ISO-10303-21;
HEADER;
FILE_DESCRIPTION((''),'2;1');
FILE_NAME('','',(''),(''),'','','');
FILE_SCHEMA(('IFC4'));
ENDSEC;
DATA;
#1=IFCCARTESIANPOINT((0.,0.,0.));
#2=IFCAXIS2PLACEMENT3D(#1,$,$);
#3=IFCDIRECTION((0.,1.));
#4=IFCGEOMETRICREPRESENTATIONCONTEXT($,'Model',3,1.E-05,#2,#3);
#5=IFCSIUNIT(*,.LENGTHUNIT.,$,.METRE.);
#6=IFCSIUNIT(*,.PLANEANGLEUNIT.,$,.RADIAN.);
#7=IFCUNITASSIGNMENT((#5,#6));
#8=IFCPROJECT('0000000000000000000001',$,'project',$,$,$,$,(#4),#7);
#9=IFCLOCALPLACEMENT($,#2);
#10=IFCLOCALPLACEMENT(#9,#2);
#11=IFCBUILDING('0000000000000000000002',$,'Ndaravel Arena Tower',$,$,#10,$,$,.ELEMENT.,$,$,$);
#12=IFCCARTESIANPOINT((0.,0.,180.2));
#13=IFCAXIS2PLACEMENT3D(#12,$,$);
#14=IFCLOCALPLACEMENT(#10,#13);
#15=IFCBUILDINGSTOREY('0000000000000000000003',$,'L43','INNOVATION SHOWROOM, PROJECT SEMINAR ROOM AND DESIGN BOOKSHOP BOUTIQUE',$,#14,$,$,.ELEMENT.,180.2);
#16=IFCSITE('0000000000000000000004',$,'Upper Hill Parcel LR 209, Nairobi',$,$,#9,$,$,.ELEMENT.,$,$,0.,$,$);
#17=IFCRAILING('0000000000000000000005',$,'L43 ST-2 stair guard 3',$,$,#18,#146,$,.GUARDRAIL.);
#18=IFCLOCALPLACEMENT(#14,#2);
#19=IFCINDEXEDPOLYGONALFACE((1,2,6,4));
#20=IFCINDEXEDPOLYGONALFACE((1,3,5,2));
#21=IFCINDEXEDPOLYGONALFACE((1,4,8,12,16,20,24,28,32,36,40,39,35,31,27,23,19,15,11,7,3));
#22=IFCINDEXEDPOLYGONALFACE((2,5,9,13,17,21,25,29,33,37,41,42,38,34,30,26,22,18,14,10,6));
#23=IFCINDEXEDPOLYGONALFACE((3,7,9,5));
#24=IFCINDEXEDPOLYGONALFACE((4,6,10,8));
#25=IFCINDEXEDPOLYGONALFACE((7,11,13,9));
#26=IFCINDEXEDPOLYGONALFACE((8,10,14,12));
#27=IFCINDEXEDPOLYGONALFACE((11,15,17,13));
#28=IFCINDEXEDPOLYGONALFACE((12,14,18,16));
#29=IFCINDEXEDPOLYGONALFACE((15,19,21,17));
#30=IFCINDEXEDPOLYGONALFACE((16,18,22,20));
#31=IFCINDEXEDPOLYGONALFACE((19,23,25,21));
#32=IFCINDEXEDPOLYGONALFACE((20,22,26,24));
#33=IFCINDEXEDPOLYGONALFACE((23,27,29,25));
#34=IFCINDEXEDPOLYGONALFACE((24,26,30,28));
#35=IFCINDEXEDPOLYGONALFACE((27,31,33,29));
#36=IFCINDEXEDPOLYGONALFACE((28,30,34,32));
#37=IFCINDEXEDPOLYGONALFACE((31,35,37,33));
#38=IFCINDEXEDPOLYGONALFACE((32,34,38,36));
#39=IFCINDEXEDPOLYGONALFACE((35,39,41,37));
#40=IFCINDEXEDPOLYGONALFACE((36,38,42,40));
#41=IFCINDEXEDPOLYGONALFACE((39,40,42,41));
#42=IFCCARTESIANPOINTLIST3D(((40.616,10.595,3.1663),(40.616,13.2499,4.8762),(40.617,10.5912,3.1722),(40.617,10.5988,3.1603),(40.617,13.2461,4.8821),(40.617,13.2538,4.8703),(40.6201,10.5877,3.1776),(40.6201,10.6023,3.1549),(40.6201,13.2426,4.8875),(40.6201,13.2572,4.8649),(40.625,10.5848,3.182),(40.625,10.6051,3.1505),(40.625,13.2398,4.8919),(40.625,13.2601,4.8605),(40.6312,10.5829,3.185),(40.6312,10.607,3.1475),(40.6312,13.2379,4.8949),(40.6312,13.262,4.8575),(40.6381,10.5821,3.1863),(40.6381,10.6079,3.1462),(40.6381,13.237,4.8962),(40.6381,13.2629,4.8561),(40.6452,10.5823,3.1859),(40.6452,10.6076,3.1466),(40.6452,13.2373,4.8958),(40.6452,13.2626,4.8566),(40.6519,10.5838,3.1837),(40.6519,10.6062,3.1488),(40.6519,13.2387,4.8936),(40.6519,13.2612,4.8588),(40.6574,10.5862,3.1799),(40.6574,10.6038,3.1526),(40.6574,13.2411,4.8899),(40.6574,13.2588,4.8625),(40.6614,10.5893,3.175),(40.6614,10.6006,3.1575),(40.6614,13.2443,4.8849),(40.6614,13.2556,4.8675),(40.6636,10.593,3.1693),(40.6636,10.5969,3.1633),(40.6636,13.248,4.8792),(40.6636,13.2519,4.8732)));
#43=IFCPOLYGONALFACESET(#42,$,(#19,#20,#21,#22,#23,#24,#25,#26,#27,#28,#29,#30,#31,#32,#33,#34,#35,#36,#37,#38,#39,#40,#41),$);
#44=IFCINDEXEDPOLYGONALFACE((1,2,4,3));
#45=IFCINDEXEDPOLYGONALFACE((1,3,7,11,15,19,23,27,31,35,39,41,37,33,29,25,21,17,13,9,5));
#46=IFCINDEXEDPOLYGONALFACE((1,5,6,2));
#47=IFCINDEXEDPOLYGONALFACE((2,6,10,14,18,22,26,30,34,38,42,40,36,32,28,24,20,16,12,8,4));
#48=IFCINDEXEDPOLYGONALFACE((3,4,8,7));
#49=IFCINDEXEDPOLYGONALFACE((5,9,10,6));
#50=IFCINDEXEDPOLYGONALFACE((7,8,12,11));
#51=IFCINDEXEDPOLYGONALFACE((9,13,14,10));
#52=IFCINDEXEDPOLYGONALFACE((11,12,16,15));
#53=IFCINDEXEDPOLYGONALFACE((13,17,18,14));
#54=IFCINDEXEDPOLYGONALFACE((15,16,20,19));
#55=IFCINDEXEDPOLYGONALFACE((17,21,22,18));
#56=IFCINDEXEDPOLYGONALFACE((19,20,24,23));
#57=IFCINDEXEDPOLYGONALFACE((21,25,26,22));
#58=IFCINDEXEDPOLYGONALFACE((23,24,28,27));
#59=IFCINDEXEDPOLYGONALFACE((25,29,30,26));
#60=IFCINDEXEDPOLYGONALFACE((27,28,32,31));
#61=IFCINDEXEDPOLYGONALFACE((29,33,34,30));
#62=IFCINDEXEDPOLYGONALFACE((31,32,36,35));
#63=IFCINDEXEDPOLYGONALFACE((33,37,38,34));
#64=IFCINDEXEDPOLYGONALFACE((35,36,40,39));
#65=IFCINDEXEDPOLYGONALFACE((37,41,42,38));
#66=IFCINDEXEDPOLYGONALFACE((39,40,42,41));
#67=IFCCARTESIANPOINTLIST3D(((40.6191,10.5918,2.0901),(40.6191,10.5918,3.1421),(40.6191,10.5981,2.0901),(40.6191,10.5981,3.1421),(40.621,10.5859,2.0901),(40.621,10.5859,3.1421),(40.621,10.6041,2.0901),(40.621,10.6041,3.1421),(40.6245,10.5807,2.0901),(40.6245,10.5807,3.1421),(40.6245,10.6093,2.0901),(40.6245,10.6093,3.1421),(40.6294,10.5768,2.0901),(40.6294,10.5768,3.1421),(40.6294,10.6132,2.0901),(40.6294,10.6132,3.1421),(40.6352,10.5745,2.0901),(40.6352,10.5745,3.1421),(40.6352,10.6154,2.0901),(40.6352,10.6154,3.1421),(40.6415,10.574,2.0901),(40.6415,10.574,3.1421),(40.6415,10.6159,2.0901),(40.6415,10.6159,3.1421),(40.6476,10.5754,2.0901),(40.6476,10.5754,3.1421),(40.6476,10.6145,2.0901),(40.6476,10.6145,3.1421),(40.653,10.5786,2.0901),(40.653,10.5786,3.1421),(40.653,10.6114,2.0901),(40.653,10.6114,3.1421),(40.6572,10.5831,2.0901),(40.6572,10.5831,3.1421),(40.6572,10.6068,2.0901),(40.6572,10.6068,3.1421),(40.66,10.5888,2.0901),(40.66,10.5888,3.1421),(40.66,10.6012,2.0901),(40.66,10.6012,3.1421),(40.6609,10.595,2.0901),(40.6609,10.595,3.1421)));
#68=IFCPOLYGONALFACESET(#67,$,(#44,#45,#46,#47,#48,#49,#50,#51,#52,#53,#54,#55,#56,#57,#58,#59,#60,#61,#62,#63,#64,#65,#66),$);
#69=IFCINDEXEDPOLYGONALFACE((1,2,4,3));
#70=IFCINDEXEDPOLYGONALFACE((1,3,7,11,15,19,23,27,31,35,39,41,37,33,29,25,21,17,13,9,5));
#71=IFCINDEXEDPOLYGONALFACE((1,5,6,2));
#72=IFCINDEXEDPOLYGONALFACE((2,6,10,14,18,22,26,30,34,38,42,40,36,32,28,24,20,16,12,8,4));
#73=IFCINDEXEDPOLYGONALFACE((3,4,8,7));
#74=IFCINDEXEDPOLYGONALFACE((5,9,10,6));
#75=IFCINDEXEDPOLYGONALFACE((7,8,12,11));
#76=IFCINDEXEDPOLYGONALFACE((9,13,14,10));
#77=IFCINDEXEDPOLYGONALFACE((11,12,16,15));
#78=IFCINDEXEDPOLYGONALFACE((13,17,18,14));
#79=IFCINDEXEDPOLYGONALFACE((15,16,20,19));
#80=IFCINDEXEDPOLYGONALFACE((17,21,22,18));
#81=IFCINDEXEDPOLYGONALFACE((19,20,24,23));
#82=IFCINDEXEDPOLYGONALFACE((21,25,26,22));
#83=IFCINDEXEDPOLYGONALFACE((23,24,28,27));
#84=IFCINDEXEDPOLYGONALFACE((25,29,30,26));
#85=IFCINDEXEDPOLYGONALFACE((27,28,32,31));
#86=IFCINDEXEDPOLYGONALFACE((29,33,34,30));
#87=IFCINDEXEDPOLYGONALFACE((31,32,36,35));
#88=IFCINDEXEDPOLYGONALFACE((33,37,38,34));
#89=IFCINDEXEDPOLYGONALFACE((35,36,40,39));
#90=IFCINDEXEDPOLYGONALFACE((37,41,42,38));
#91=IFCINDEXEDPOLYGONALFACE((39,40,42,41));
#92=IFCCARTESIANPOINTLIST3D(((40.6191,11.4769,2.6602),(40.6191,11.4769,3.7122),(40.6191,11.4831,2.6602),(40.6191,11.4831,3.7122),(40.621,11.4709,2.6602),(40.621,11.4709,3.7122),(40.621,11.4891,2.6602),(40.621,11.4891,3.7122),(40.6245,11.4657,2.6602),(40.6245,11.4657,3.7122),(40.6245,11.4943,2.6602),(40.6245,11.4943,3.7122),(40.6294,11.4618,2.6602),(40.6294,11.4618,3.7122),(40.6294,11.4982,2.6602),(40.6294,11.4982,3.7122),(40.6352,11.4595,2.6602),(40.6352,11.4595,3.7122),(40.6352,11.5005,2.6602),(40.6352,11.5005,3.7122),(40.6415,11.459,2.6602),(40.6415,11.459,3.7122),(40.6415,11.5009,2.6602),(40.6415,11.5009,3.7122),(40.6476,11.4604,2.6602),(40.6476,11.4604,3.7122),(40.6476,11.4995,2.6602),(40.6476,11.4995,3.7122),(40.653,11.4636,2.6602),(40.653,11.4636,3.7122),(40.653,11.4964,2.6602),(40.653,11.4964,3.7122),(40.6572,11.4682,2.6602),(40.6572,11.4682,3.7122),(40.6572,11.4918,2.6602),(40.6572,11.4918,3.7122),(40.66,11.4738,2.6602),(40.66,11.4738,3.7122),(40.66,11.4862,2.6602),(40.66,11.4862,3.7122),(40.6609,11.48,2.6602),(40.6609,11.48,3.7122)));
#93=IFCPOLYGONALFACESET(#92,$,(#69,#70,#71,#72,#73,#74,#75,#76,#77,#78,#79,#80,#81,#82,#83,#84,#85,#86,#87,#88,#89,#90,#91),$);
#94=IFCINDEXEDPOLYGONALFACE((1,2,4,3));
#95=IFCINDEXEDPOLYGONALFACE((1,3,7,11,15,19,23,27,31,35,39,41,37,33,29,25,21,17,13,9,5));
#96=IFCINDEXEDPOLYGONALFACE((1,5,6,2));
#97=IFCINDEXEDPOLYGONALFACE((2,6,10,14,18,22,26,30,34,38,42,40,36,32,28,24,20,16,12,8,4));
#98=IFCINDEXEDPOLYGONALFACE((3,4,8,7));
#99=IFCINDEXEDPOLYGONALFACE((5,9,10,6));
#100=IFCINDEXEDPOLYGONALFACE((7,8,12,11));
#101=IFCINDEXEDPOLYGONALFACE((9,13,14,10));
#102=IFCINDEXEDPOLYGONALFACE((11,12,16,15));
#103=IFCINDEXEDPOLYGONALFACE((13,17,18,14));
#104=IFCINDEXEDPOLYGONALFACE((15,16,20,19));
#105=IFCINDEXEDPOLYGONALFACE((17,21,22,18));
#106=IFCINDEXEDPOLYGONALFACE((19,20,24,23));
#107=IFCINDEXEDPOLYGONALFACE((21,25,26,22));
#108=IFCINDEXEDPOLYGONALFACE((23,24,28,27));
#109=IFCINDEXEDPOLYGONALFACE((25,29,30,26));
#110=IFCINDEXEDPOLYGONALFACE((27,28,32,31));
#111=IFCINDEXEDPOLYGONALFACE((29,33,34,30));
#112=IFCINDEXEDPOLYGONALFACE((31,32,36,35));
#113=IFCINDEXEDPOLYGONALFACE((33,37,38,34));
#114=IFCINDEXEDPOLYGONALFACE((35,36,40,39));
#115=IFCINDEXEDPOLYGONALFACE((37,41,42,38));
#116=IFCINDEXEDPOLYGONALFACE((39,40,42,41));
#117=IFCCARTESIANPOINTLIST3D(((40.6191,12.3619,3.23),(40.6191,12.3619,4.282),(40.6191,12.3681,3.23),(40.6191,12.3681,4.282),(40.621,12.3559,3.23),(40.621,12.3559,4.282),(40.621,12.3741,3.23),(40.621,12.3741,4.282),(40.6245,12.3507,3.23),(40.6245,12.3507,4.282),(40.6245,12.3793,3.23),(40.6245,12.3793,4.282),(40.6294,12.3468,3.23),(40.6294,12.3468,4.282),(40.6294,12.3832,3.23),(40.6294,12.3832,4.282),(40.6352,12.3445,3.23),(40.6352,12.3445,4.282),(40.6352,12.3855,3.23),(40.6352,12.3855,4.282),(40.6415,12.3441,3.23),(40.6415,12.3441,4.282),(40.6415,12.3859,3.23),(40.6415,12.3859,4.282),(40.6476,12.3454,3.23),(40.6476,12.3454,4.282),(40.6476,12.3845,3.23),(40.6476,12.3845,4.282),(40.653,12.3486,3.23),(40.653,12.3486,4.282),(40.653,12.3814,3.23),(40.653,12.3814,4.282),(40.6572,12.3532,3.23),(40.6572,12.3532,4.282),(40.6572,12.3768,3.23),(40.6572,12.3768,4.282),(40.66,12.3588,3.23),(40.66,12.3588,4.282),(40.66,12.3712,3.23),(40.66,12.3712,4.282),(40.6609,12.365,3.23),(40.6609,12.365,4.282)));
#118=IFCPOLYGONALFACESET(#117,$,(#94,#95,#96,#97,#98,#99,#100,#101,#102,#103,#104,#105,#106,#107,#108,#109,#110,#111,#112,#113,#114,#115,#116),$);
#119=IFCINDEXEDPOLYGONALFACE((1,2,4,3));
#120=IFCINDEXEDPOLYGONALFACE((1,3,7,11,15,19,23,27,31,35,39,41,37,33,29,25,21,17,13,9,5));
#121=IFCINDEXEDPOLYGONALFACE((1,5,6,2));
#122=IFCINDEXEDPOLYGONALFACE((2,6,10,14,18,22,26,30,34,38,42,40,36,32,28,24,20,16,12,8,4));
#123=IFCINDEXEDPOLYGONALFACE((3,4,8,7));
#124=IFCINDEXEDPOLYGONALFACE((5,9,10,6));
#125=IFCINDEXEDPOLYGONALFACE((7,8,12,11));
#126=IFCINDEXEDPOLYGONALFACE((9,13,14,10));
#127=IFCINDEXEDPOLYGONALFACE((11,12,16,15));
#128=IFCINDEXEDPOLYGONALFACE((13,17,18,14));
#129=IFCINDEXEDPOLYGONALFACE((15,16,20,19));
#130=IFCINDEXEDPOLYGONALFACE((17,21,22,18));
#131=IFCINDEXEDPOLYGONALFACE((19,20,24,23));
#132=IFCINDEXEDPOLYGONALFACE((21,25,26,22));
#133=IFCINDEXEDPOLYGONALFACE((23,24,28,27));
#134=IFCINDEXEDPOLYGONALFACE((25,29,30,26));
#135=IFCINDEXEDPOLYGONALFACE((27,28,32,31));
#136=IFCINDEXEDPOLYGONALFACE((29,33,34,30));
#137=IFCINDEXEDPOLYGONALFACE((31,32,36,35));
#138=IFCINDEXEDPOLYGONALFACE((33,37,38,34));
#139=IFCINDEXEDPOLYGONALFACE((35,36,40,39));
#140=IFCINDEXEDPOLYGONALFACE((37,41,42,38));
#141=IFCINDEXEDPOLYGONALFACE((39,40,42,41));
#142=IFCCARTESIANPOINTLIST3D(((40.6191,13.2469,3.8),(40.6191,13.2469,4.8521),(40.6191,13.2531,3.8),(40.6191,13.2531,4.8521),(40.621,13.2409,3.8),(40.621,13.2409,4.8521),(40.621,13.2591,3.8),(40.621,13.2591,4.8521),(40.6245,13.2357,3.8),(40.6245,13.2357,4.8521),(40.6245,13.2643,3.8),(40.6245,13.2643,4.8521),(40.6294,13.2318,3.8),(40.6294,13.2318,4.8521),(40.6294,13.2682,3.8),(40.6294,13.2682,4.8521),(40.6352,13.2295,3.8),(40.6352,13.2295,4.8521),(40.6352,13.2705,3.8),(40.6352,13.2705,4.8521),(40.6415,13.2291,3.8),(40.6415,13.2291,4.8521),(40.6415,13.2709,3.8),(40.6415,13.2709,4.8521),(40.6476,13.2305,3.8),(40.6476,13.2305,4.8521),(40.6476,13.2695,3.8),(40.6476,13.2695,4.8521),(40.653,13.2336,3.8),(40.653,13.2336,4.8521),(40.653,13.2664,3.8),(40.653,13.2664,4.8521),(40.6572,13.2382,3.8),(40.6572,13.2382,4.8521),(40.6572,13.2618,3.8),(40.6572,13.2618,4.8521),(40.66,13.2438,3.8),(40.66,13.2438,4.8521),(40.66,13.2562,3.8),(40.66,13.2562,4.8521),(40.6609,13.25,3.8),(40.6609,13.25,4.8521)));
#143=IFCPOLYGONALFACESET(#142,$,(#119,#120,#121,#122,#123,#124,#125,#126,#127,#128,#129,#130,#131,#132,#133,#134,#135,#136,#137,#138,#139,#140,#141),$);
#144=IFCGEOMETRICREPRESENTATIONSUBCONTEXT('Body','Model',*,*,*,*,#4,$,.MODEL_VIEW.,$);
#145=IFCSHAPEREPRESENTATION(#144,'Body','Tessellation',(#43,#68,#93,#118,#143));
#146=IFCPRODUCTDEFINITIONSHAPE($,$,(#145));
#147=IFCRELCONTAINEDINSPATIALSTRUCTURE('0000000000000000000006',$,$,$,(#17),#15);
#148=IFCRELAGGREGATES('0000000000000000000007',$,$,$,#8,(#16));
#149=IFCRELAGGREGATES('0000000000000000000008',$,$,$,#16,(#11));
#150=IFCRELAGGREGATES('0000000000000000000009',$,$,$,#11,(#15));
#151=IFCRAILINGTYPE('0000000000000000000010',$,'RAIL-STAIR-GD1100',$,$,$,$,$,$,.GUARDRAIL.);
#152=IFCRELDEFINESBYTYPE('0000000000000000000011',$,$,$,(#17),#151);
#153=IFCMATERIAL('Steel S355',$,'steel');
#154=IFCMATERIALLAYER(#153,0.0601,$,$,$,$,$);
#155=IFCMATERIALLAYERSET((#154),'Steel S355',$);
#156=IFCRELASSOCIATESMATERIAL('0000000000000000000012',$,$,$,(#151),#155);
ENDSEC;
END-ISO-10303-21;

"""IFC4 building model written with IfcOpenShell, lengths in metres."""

from ifc_helpers import new_model, si_unit, direction, frame, origin, origin_2d, place, context, subcontext, project, spatial, circle, extrude, material, layer, layer_set, type_object, element, save


model = new_model("IFC4")

# Units and contexts
model_context = context("Model", 3, precision=1e-05, world=origin(), true_north=direction((0.0, 1.0)))
body_context = subcontext(model_context, "Body", "Model", "MODEL_VIEW")
ifc_project = project(units=[si_unit("LENGTHUNIT", "METRE"), si_unit("PLANEANGLEUNIT", "RADIAN")], contexts=[model_context])

# Site, building, storey
site_placement = place(None, origin())
site = spatial("IfcSite", under=ifc_project, at=site_placement, Name="Upper Hill Parcel LR 209, Nairobi", CompositionType="ELEMENT", RefElevation=0.0)
building_placement = place(site_placement, origin())
building = spatial("IfcBuilding", under=site, at=building_placement, Name="Ndaravel Arena Tower", CompositionType="ELEMENT")
storey_placement = place(building_placement, frame((0.0, 0.0, 180.2)))
storey = spatial("IfcBuildingStorey", under=building, at=storey_placement, Name="L43", Description="INNOVATION SHOWROOM, PROJECT SEMINAR ROOM AND DESIGN BOOKSHOP BOUTIQUE", CompositionType="ELEMENT", Elevation=180.2)

# Railing
ifc_material_1 = material(Name="Steel S355", Category="steel")
ifc_layer_1 = layer(ifc_material_1, 0.0601)
ifc_layer_set_1 = layer_set([ifc_layer_1], Name="Steel S355")
railing_type_1 = type_object("IfcRailingType", Name="RAIL-STAIR-GD1100", PredefinedType="GUARDRAIL", material=ifc_layer_set_1)
railing_1_placement = place(storey_placement, frame((40.6399, 10.595, 2.0901)))
element("IfcRailing", 1, at=railing_1_placement, inside=storey, type_object=railing_type_1, Name="L43 ST-2 stair guard 3", PredefinedType="GUARDRAIL", context=body_context, shape_type="SweptSolid", body=[
    extrude(circle(Radius=0.0239, at=origin_2d()), frame((0.0, 0.0, 1.0762), z_axis=(0.0, 0.840724, 0.541465), x_axis=(-1.0, 0.0, 0.0)), (0.0, 0.0, 1.0), 3.158),
    extrude(circle(Radius=0.021, at=origin_2d()), origin(), (0.0, 0.0, 1.0), 1.052),
    extrude(circle(Radius=0.021, at=origin_2d()), frame((0.0, 0.885, 0.5701)), (0.0, 0.0, 1.0), 1.052),
    extrude(circle(Radius=0.021, at=origin_2d()), frame((0.0, 1.77, 1.1399)), (0.0, 0.0, 1.0), 1.052),
    extrude(circle(Radius=0.021, at=origin_2d()), frame((0.0, 2.655, 1.71)), (0.0, 0.0, 1.0), 1.052),
])

save(model, "model.ifc")
